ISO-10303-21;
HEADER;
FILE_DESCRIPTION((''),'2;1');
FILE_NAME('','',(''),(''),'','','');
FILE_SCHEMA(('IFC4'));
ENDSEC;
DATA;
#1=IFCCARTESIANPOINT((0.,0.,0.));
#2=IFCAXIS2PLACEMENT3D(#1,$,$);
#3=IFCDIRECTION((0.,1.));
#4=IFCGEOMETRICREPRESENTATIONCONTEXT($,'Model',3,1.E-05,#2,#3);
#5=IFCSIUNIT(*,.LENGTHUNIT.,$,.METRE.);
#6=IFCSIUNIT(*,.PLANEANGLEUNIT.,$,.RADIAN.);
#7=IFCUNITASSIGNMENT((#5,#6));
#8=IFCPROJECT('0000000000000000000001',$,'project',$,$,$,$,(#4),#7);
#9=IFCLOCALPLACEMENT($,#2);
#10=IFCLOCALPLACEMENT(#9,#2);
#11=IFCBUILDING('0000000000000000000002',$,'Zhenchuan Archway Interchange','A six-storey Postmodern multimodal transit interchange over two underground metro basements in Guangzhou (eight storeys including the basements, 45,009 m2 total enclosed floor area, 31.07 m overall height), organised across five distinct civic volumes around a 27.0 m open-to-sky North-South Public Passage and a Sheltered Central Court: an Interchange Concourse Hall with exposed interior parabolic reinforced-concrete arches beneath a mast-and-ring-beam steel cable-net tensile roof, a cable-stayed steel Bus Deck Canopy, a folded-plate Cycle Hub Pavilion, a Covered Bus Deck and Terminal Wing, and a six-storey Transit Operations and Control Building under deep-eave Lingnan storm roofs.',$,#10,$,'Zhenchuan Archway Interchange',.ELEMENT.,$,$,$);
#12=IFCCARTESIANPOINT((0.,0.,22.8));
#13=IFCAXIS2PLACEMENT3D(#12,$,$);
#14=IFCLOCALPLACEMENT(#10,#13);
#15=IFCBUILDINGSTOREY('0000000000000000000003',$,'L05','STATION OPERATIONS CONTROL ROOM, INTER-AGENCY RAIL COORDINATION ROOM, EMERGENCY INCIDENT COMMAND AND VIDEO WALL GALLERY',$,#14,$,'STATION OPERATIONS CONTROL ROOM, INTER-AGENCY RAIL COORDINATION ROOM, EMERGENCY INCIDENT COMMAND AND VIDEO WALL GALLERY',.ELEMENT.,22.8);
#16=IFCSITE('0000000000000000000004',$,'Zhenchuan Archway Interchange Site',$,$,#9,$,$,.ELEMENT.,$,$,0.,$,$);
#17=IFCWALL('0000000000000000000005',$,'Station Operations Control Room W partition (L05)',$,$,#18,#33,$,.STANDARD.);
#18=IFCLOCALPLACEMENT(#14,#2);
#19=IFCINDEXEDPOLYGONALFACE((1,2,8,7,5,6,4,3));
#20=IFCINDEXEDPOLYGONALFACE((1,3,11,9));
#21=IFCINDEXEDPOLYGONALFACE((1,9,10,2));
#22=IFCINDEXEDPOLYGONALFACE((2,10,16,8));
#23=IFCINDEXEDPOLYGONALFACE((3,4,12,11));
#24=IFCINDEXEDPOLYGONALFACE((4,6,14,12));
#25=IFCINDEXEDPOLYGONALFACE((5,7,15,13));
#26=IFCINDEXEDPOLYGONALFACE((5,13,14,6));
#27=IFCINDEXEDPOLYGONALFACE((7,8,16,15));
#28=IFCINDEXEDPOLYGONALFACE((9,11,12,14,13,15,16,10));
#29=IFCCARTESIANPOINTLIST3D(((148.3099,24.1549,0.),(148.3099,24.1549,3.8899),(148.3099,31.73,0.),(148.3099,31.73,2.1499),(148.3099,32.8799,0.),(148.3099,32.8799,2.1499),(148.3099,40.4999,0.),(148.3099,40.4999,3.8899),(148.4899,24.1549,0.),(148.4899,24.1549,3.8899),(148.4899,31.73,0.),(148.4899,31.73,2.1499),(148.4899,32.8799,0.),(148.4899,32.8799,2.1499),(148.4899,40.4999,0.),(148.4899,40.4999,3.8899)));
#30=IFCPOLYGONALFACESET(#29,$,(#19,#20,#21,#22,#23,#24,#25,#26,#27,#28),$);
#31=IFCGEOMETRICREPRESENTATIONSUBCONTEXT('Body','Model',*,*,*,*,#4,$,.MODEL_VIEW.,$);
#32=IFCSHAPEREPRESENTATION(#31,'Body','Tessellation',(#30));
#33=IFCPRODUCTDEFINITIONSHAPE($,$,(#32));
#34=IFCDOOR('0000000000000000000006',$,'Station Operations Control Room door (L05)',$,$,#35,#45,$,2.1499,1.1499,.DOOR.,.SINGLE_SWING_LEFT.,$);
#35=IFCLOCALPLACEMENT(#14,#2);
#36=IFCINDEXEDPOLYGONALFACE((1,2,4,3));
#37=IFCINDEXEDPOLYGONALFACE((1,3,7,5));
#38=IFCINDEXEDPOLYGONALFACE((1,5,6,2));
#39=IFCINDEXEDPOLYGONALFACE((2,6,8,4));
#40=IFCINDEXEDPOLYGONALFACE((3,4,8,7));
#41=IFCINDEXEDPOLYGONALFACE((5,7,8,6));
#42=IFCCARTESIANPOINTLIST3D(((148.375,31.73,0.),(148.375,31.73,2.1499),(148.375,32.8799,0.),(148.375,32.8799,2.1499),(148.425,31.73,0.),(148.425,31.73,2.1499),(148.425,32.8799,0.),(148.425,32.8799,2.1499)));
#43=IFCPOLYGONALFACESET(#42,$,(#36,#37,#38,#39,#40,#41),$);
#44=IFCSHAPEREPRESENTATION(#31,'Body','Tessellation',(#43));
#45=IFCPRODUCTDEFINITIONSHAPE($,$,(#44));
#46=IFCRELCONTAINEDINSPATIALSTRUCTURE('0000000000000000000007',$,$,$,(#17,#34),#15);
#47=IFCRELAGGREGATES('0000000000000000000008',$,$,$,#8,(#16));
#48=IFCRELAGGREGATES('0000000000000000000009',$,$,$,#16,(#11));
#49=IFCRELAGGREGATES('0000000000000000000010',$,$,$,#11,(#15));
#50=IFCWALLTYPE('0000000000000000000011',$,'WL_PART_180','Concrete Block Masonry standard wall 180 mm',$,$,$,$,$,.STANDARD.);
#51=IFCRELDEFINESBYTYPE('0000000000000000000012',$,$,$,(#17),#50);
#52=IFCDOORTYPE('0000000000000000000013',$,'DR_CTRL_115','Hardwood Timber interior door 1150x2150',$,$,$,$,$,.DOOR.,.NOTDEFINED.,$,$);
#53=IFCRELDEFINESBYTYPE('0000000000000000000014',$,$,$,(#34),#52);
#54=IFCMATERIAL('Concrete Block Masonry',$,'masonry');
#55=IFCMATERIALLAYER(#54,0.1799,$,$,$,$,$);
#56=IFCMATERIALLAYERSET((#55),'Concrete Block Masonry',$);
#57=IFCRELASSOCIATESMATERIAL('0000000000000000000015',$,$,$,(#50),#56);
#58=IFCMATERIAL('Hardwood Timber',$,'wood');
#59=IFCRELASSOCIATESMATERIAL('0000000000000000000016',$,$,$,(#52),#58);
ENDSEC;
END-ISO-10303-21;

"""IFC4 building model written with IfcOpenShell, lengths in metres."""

from ifc_helpers import new_model, si_unit, direction, frame, frame_2d, origin, place, context, subcontext, project, spatial, rectangle, extrude, material, layer, layer_set, type_object, element, fill, save


model = new_model("IFC4")

# Units and contexts
model_context = context("Model", 3, precision=1e-05, world=origin(), true_north=direction((0.0, 1.0)))
body_context = subcontext(model_context, "Body", "Model", "MODEL_VIEW")
ifc_project = project(units=[si_unit("LENGTHUNIT", "METRE"), si_unit("PLANEANGLEUNIT", "RADIAN")], contexts=[model_context])

# Site, building, storey
site_placement = place(None, origin())
site = spatial("IfcSite", under=ifc_project, at=site_placement, Name="Zhenchuan Archway Interchange Site", CompositionType="ELEMENT", RefElevation=0.0)
building_placement = place(site_placement, origin())
building = spatial("IfcBuilding", under=site, at=building_placement, Name="Zhenchuan Archway Interchange", Description="A six-storey Postmodern multimodal transit interchange over two underground metro basements in Guangzhou (eight storeys including the basements, 45,009 m2 total enclosed floor area, 31.07 m overall height), organised across five distinct civic volumes around a 27.0 m open-to-sky North-South Public Passage and a Sheltered Central Court: an Interchange Concourse Hall with exposed interior parabolic reinforced-concrete arches beneath a mast-and-ring-beam steel cable-net tensile roof, a cable-stayed steel Bus Deck Canopy, a folded-plate Cycle Hub Pavilion, a Covered Bus Deck and Terminal Wing, and a six-storey Transit Operations and Control Building under deep-eave Lingnan storm roofs.", LongName="Zhenchuan Archway Interchange", CompositionType="ELEMENT")
storey_placement = place(building_placement, frame((0.0, 0.0, 22.8)))
storey = spatial("IfcBuildingStorey", under=building, at=storey_placement, Name="L05", Description="STATION OPERATIONS CONTROL ROOM, INTER-AGENCY RAIL COORDINATION ROOM, EMERGENCY INCIDENT COMMAND AND VIDEO WALL GALLERY", LongName="STATION OPERATIONS CONTROL ROOM, INTER-AGENCY RAIL COORDINATION ROOM, EMERGENCY INCIDENT COMMAND AND VIDEO WALL GALLERY", CompositionType="ELEMENT", Elevation=22.8)

# Wall, opening, door
ifc_material_1 = material(Name="Concrete Block Masonry", Category="masonry")
ifc_layer_1 = layer(ifc_material_1, 0.1799)
ifc_layer_set_1 = layer_set([ifc_layer_1], Name="Concrete Block Masonry")
wall_type = type_object("IfcWallType", Name="WL_PART_180", Description="Concrete Block Masonry standard wall 180 mm", PredefinedType="STANDARD", material=ifc_layer_set_1)
wall_1_placement = place(storey_placement, frame((148.3999, 24.155, 0.0), z_axis=(0.0, 0.0, 1.0), x_axis=(0.0, 1.0, 0.0)))
wall_1 = element("IfcWall", 1, at=wall_1_placement, inside=storey, type_object=wall_type, Name="Station Operations Control Room W partition (L05)", PredefinedType="STANDARD", context=body_context, shape_type="SweptSolid", body=[
    extrude(rectangle(XDim=16.345, YDim=0.1799, at=frame_2d((8.1724, 0.0))), origin(), (0.0, 0.0, 1.0), 3.8899),
])
opening_1_placement = place(wall_1_placement, frame((7.575, 0.0, 0.0)))
opening_1 = element("IfcOpeningElement", 2, at=opening_1_placement, cuts=wall_1, PredefinedType="OPENING", context=body_context, shape_type="SweptSolid", body=[
    extrude(rectangle(XDim=1.1499, YDim=2.1499, at=frame_2d((0.575, 1.075))), frame((0.0, 0.1021, 0.0), z_axis=(0.0, -1.0, 0.0), x_axis=(1.0, 0.0, 0.0)), (0.0, 0.0, 1.0), 0.2039),
])
ifc_material_2 = material(Name="Hardwood Timber", Category="wood")
door_type = type_object("IfcDoorType", Name="DR_CTRL_115", Description="Hardwood Timber interior door 1150x2150", OperationType="NOTDEFINED", PredefinedType="DOOR", material=ifc_material_2)
door_1_placement = place(opening_1_placement, origin())
door_1 = element("IfcDoor", 3, at=door_1_placement, inside=storey, type_object=door_type, Name="Station Operations Control Room door (L05)", OperationType="SINGLE_SWING_LEFT", OverallHeight=2.1499, OverallWidth=1.1499, PredefinedType="DOOR", context=body_context, shape_type="SweptSolid", body=[
    extrude(rectangle(XDim=1.1499, YDim=2.1499, at=frame_2d((0.575, 1.075))), frame((0.0, 0.0249, 0.0), z_axis=(0.0, -1.0, 0.0), x_axis=(1.0, 0.0, 0.0)), (0.0, 0.0, 1.0), 0.05),
])
fill(opening_1, door_1)

save(model, "model.ifc")
